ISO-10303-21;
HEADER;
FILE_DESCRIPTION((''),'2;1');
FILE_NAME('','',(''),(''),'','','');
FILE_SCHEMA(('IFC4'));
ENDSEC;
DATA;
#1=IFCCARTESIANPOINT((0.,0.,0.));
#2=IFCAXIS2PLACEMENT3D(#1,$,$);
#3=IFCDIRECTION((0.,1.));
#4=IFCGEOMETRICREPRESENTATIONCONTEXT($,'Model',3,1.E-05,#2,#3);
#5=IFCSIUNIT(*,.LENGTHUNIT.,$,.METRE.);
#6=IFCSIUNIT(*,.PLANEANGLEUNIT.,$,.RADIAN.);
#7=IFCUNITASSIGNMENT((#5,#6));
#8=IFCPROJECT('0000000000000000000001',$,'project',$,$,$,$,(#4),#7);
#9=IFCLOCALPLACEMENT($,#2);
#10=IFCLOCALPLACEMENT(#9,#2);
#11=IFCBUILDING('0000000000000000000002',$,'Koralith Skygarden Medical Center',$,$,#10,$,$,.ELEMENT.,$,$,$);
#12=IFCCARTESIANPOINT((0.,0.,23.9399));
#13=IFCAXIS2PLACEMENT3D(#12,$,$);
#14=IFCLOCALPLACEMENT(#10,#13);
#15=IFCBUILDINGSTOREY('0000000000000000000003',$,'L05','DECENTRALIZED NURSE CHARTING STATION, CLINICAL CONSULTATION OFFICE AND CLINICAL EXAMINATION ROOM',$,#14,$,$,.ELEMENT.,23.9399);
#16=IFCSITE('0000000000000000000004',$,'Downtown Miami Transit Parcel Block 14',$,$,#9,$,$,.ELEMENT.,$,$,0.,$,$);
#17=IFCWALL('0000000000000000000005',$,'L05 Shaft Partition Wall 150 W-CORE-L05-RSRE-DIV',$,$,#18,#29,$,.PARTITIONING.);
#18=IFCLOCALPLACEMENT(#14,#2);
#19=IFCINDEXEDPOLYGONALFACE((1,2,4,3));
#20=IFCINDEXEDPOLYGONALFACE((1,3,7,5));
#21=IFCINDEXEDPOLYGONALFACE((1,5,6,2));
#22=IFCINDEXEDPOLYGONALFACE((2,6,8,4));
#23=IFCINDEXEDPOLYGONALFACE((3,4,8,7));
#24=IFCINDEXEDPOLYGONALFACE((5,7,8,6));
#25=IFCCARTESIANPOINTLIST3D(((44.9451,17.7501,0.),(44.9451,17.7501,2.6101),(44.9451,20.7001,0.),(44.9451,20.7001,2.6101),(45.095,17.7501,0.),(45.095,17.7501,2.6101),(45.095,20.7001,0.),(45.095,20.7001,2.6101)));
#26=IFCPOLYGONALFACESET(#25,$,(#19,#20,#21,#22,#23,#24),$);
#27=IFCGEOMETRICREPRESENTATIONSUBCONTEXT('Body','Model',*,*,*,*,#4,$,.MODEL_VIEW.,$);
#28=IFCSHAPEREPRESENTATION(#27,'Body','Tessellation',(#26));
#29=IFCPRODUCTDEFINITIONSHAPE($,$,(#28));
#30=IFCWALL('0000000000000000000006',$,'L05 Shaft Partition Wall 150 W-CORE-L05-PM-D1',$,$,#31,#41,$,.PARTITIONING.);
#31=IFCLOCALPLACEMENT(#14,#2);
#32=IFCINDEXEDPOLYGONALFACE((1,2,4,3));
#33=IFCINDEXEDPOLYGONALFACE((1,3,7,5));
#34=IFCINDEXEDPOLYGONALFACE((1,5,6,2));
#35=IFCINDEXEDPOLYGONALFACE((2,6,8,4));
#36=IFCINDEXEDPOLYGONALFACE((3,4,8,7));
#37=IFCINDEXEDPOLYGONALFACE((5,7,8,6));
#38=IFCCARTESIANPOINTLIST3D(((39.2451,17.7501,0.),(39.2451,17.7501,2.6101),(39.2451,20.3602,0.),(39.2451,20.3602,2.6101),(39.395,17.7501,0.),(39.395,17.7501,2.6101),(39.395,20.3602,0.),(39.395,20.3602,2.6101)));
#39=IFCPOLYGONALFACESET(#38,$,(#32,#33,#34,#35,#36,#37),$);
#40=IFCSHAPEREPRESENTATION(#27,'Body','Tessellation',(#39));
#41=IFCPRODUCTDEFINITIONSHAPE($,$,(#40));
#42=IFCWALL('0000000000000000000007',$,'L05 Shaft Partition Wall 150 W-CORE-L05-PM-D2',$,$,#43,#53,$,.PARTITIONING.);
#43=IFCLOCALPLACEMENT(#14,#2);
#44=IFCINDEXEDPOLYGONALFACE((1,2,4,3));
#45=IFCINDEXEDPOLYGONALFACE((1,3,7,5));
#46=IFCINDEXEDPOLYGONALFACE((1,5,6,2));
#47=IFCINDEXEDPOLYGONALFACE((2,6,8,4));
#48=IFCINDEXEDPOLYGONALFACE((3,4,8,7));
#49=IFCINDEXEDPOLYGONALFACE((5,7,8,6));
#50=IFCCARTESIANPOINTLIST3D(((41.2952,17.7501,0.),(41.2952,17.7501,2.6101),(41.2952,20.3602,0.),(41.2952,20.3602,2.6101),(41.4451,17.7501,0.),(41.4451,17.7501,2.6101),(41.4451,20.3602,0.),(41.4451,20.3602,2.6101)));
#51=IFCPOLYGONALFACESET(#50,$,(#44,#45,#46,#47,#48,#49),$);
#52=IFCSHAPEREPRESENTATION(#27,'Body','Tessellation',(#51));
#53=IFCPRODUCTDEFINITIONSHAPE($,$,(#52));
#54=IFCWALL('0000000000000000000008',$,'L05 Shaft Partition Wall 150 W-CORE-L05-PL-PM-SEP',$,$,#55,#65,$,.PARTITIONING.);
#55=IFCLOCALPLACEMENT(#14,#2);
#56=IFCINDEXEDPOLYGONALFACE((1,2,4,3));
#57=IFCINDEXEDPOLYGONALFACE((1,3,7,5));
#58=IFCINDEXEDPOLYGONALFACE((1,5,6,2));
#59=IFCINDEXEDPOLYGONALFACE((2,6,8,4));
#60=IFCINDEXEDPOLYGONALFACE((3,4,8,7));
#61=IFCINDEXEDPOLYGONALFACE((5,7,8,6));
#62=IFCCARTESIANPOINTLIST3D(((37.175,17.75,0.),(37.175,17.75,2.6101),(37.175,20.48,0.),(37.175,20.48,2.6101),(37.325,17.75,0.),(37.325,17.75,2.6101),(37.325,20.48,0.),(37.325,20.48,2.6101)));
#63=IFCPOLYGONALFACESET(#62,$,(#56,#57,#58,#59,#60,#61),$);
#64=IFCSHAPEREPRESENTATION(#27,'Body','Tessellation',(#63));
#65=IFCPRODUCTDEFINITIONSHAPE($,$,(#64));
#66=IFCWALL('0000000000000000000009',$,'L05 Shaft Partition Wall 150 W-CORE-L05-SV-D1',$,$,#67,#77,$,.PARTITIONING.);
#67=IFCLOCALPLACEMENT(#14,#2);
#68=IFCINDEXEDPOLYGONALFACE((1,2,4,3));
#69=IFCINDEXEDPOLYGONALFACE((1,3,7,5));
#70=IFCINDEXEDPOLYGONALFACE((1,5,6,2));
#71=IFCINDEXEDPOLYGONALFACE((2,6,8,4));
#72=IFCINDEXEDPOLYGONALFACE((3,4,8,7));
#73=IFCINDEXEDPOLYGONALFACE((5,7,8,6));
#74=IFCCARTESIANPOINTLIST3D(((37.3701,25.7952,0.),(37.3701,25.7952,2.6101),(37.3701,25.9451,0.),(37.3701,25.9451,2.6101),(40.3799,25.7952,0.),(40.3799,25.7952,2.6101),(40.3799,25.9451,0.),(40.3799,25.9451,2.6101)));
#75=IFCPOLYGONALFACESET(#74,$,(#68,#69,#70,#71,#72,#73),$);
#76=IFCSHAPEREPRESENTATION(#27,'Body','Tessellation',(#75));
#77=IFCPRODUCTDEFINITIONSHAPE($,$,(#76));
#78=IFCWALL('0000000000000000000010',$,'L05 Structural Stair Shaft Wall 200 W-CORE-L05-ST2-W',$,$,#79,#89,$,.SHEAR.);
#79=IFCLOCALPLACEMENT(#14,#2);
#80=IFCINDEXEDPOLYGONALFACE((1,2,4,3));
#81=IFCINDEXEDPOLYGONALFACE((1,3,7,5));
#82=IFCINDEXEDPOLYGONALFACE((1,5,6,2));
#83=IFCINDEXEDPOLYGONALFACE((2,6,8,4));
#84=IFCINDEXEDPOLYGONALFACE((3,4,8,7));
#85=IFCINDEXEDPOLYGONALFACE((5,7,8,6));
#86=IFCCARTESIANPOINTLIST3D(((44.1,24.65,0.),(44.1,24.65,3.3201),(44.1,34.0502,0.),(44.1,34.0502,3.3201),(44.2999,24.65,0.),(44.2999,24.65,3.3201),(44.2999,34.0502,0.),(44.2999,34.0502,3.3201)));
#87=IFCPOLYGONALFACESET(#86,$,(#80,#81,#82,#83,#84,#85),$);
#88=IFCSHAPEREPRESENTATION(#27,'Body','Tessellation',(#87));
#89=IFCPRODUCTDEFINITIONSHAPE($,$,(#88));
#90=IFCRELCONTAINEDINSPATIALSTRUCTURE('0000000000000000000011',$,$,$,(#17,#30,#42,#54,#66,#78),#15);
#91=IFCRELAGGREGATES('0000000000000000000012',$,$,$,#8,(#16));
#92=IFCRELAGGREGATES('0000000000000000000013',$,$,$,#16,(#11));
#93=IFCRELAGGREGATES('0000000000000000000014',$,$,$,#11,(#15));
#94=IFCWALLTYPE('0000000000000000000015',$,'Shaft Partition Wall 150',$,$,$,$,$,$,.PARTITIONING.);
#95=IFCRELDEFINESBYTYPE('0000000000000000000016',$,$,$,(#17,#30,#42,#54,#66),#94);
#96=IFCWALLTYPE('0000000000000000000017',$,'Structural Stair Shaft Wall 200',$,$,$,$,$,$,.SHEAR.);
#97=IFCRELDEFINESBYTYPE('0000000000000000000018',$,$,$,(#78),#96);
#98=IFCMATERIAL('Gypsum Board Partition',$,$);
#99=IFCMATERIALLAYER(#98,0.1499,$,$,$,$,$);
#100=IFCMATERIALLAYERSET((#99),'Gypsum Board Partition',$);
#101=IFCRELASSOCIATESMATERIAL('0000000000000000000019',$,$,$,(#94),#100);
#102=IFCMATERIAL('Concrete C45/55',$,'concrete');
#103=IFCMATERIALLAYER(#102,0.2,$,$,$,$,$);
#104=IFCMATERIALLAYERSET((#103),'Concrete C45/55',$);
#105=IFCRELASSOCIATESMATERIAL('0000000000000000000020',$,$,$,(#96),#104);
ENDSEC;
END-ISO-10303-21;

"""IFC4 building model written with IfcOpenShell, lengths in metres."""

from ifc_helpers import new_model, si_unit, direction, frame, frame_2d, origin, place, context, subcontext, project, spatial, rectangle, extrude, material, layer, layer_set, type_object, element, save


model = new_model("IFC4")

# Units and contexts
model_context = context("Model", 3, precision=1e-05, world=origin(), true_north=direction((0.0, 1.0)))
body_context = subcontext(model_context, "Body", "Model", "MODEL_VIEW")
ifc_project = project(units=[si_unit("LENGTHUNIT", "METRE"), si_unit("PLANEANGLEUNIT", "RADIAN")], contexts=[model_context])

# Site, building, storey
site_placement = place(None, origin())
site = spatial("IfcSite", under=ifc_project, at=site_placement, Name="Downtown Miami Transit Parcel Block 14", CompositionType="ELEMENT", RefElevation=0.0)
building_placement = place(site_placement, origin())
building = spatial("IfcBuilding", under=site, at=building_placement, Name="Koralith Skygarden Medical Center", CompositionType="ELEMENT")
storey_placement = place(building_placement, frame((0.0, 0.0, 23.9399)))
storey = spatial("IfcBuildingStorey", under=building, at=storey_placement, Name="L05", Description="DECENTRALIZED NURSE CHARTING STATION, CLINICAL CONSULTATION OFFICE AND CLINICAL EXAMINATION ROOM", CompositionType="ELEMENT", Elevation=23.9399)

# Shared definitions
ifc_material_1 = material(Name="Concrete C45/55", Category="concrete")

# Shared definitions
ifc_material_2 = material(Name="Gypsum Board Partition")

# Walls
ifc_layer_1 = layer(ifc_material_2, 0.1499)
ifc_layer_set_1 = layer_set([ifc_layer_1], Name="Gypsum Board Partition")
wall_type_1 = type_object("IfcWallType", Name="Shaft Partition Wall 150", PredefinedType="PARTITIONING", material=ifc_layer_set_1)
wall_1_placement = place(storey_placement, frame((45.02, 17.75, 0.0), z_axis=(0.0, 0.0, 1.0), x_axis=(0.0, 1.0, 0.0)))
element("IfcWall", 1, at=wall_1_placement, inside=storey, type_object=wall_type_1, Name="L05 Shaft Partition Wall 150 W-CORE-L05-RSRE-DIV", PredefinedType="PARTITIONING", context=body_context, shape_type="SweptSolid", body=[
    extrude(rectangle(XDim=2.95, YDim=0.1499, at=frame_2d((1.4751, 0.0))), origin(), (0.0, 0.0, 1.0), 2.6101),
])
for number, where, z_axis, x_axis, name in (
    (2, (39.3201, 17.75, 0.0), (0.0, 0.0, 1.0), (0.0, 1.0, 0.0), "L05 Shaft Partition Wall 150 W-CORE-L05-PM-D1"),
    (3, (41.3701, 17.75, 0.0), (0.0, 0.0, 1.0), (0.0, 1.0, 0.0), "L05 Shaft Partition Wall 150 W-CORE-L05-PM-D2"),
):
    element("IfcWall", number, at=place(storey_placement, frame(where, z_axis=z_axis, x_axis=x_axis)), inside=storey, type_object=wall_type_1, Name=name, PredefinedType="PARTITIONING", context=body_context, shape_type="SweptSolid", body=[
        extrude(rectangle(XDim=2.6101, YDim=0.1499, at=frame_2d((1.3052, 0.0))), origin(), (0.0, 0.0, 1.0), 2.6101),
    ])
wall_2_placement = place(storey_placement, frame((37.25, 17.75, 0.0), z_axis=(0.0, 0.0, 1.0), x_axis=(0.0, 1.0, 0.0)))
element("IfcWall", 4, at=wall_2_placement, inside=storey, type_object=wall_type_1, Name="L05 Shaft Partition Wall 150 W-CORE-L05-PL-PM-SEP", PredefinedType="PARTITIONING", context=body_context, shape_type="SweptSolid", body=[
    extrude(rectangle(XDim=2.73, YDim=0.1499, at=frame_2d((1.365, 0.0))), origin(), (0.0, 0.0, 1.0), 2.6101),
])
wall_3_placement = place(storey_placement, frame((37.3701, 25.8701, 0.0), z_axis=(0.0, 0.0, 1.0), x_axis=(1.0, 0.0, 0.0)))
element("IfcWall", 5, at=wall_3_placement, inside=storey, type_object=wall_type_1, Name="L05 Shaft Partition Wall 150 W-CORE-L05-SV-D1", PredefinedType="PARTITIONING", context=body_context, shape_type="SweptSolid", body=[
    extrude(rectangle(XDim=3.0098, YDim=0.1499, at=frame_2d((1.5049, 0.0))), origin(), (0.0, 0.0, 1.0), 2.6101),
])
ifc_layer_2 = layer(ifc_material_1, 0.2)
ifc_layer_set_2 = layer_set([ifc_layer_2], Name="Concrete C45/55")
wall_type_2 = type_object("IfcWallType", Name="Structural Stair Shaft Wall 200", PredefinedType="SHEAR", material=ifc_layer_set_2)
wall_4_placement = place(storey_placement, frame((44.2, 24.6499, 0.0), z_axis=(0.0, 0.0, 1.0), x_axis=(0.0, 1.0, 0.0)))
element("IfcWall", 6, at=wall_4_placement, inside=storey, type_object=wall_type_2, Name="L05 Structural Stair Shaft Wall 200 W-CORE-L05-ST2-W", PredefinedType="SHEAR", context=body_context, shape_type="SweptSolid", body=[
    extrude(rectangle(XDim=9.4001, YDim=0.2, at=frame_2d((4.7002, 0.0))), origin(), (0.0, 0.0, 1.0), 3.3201),
])

save(model, "model.ifc")
